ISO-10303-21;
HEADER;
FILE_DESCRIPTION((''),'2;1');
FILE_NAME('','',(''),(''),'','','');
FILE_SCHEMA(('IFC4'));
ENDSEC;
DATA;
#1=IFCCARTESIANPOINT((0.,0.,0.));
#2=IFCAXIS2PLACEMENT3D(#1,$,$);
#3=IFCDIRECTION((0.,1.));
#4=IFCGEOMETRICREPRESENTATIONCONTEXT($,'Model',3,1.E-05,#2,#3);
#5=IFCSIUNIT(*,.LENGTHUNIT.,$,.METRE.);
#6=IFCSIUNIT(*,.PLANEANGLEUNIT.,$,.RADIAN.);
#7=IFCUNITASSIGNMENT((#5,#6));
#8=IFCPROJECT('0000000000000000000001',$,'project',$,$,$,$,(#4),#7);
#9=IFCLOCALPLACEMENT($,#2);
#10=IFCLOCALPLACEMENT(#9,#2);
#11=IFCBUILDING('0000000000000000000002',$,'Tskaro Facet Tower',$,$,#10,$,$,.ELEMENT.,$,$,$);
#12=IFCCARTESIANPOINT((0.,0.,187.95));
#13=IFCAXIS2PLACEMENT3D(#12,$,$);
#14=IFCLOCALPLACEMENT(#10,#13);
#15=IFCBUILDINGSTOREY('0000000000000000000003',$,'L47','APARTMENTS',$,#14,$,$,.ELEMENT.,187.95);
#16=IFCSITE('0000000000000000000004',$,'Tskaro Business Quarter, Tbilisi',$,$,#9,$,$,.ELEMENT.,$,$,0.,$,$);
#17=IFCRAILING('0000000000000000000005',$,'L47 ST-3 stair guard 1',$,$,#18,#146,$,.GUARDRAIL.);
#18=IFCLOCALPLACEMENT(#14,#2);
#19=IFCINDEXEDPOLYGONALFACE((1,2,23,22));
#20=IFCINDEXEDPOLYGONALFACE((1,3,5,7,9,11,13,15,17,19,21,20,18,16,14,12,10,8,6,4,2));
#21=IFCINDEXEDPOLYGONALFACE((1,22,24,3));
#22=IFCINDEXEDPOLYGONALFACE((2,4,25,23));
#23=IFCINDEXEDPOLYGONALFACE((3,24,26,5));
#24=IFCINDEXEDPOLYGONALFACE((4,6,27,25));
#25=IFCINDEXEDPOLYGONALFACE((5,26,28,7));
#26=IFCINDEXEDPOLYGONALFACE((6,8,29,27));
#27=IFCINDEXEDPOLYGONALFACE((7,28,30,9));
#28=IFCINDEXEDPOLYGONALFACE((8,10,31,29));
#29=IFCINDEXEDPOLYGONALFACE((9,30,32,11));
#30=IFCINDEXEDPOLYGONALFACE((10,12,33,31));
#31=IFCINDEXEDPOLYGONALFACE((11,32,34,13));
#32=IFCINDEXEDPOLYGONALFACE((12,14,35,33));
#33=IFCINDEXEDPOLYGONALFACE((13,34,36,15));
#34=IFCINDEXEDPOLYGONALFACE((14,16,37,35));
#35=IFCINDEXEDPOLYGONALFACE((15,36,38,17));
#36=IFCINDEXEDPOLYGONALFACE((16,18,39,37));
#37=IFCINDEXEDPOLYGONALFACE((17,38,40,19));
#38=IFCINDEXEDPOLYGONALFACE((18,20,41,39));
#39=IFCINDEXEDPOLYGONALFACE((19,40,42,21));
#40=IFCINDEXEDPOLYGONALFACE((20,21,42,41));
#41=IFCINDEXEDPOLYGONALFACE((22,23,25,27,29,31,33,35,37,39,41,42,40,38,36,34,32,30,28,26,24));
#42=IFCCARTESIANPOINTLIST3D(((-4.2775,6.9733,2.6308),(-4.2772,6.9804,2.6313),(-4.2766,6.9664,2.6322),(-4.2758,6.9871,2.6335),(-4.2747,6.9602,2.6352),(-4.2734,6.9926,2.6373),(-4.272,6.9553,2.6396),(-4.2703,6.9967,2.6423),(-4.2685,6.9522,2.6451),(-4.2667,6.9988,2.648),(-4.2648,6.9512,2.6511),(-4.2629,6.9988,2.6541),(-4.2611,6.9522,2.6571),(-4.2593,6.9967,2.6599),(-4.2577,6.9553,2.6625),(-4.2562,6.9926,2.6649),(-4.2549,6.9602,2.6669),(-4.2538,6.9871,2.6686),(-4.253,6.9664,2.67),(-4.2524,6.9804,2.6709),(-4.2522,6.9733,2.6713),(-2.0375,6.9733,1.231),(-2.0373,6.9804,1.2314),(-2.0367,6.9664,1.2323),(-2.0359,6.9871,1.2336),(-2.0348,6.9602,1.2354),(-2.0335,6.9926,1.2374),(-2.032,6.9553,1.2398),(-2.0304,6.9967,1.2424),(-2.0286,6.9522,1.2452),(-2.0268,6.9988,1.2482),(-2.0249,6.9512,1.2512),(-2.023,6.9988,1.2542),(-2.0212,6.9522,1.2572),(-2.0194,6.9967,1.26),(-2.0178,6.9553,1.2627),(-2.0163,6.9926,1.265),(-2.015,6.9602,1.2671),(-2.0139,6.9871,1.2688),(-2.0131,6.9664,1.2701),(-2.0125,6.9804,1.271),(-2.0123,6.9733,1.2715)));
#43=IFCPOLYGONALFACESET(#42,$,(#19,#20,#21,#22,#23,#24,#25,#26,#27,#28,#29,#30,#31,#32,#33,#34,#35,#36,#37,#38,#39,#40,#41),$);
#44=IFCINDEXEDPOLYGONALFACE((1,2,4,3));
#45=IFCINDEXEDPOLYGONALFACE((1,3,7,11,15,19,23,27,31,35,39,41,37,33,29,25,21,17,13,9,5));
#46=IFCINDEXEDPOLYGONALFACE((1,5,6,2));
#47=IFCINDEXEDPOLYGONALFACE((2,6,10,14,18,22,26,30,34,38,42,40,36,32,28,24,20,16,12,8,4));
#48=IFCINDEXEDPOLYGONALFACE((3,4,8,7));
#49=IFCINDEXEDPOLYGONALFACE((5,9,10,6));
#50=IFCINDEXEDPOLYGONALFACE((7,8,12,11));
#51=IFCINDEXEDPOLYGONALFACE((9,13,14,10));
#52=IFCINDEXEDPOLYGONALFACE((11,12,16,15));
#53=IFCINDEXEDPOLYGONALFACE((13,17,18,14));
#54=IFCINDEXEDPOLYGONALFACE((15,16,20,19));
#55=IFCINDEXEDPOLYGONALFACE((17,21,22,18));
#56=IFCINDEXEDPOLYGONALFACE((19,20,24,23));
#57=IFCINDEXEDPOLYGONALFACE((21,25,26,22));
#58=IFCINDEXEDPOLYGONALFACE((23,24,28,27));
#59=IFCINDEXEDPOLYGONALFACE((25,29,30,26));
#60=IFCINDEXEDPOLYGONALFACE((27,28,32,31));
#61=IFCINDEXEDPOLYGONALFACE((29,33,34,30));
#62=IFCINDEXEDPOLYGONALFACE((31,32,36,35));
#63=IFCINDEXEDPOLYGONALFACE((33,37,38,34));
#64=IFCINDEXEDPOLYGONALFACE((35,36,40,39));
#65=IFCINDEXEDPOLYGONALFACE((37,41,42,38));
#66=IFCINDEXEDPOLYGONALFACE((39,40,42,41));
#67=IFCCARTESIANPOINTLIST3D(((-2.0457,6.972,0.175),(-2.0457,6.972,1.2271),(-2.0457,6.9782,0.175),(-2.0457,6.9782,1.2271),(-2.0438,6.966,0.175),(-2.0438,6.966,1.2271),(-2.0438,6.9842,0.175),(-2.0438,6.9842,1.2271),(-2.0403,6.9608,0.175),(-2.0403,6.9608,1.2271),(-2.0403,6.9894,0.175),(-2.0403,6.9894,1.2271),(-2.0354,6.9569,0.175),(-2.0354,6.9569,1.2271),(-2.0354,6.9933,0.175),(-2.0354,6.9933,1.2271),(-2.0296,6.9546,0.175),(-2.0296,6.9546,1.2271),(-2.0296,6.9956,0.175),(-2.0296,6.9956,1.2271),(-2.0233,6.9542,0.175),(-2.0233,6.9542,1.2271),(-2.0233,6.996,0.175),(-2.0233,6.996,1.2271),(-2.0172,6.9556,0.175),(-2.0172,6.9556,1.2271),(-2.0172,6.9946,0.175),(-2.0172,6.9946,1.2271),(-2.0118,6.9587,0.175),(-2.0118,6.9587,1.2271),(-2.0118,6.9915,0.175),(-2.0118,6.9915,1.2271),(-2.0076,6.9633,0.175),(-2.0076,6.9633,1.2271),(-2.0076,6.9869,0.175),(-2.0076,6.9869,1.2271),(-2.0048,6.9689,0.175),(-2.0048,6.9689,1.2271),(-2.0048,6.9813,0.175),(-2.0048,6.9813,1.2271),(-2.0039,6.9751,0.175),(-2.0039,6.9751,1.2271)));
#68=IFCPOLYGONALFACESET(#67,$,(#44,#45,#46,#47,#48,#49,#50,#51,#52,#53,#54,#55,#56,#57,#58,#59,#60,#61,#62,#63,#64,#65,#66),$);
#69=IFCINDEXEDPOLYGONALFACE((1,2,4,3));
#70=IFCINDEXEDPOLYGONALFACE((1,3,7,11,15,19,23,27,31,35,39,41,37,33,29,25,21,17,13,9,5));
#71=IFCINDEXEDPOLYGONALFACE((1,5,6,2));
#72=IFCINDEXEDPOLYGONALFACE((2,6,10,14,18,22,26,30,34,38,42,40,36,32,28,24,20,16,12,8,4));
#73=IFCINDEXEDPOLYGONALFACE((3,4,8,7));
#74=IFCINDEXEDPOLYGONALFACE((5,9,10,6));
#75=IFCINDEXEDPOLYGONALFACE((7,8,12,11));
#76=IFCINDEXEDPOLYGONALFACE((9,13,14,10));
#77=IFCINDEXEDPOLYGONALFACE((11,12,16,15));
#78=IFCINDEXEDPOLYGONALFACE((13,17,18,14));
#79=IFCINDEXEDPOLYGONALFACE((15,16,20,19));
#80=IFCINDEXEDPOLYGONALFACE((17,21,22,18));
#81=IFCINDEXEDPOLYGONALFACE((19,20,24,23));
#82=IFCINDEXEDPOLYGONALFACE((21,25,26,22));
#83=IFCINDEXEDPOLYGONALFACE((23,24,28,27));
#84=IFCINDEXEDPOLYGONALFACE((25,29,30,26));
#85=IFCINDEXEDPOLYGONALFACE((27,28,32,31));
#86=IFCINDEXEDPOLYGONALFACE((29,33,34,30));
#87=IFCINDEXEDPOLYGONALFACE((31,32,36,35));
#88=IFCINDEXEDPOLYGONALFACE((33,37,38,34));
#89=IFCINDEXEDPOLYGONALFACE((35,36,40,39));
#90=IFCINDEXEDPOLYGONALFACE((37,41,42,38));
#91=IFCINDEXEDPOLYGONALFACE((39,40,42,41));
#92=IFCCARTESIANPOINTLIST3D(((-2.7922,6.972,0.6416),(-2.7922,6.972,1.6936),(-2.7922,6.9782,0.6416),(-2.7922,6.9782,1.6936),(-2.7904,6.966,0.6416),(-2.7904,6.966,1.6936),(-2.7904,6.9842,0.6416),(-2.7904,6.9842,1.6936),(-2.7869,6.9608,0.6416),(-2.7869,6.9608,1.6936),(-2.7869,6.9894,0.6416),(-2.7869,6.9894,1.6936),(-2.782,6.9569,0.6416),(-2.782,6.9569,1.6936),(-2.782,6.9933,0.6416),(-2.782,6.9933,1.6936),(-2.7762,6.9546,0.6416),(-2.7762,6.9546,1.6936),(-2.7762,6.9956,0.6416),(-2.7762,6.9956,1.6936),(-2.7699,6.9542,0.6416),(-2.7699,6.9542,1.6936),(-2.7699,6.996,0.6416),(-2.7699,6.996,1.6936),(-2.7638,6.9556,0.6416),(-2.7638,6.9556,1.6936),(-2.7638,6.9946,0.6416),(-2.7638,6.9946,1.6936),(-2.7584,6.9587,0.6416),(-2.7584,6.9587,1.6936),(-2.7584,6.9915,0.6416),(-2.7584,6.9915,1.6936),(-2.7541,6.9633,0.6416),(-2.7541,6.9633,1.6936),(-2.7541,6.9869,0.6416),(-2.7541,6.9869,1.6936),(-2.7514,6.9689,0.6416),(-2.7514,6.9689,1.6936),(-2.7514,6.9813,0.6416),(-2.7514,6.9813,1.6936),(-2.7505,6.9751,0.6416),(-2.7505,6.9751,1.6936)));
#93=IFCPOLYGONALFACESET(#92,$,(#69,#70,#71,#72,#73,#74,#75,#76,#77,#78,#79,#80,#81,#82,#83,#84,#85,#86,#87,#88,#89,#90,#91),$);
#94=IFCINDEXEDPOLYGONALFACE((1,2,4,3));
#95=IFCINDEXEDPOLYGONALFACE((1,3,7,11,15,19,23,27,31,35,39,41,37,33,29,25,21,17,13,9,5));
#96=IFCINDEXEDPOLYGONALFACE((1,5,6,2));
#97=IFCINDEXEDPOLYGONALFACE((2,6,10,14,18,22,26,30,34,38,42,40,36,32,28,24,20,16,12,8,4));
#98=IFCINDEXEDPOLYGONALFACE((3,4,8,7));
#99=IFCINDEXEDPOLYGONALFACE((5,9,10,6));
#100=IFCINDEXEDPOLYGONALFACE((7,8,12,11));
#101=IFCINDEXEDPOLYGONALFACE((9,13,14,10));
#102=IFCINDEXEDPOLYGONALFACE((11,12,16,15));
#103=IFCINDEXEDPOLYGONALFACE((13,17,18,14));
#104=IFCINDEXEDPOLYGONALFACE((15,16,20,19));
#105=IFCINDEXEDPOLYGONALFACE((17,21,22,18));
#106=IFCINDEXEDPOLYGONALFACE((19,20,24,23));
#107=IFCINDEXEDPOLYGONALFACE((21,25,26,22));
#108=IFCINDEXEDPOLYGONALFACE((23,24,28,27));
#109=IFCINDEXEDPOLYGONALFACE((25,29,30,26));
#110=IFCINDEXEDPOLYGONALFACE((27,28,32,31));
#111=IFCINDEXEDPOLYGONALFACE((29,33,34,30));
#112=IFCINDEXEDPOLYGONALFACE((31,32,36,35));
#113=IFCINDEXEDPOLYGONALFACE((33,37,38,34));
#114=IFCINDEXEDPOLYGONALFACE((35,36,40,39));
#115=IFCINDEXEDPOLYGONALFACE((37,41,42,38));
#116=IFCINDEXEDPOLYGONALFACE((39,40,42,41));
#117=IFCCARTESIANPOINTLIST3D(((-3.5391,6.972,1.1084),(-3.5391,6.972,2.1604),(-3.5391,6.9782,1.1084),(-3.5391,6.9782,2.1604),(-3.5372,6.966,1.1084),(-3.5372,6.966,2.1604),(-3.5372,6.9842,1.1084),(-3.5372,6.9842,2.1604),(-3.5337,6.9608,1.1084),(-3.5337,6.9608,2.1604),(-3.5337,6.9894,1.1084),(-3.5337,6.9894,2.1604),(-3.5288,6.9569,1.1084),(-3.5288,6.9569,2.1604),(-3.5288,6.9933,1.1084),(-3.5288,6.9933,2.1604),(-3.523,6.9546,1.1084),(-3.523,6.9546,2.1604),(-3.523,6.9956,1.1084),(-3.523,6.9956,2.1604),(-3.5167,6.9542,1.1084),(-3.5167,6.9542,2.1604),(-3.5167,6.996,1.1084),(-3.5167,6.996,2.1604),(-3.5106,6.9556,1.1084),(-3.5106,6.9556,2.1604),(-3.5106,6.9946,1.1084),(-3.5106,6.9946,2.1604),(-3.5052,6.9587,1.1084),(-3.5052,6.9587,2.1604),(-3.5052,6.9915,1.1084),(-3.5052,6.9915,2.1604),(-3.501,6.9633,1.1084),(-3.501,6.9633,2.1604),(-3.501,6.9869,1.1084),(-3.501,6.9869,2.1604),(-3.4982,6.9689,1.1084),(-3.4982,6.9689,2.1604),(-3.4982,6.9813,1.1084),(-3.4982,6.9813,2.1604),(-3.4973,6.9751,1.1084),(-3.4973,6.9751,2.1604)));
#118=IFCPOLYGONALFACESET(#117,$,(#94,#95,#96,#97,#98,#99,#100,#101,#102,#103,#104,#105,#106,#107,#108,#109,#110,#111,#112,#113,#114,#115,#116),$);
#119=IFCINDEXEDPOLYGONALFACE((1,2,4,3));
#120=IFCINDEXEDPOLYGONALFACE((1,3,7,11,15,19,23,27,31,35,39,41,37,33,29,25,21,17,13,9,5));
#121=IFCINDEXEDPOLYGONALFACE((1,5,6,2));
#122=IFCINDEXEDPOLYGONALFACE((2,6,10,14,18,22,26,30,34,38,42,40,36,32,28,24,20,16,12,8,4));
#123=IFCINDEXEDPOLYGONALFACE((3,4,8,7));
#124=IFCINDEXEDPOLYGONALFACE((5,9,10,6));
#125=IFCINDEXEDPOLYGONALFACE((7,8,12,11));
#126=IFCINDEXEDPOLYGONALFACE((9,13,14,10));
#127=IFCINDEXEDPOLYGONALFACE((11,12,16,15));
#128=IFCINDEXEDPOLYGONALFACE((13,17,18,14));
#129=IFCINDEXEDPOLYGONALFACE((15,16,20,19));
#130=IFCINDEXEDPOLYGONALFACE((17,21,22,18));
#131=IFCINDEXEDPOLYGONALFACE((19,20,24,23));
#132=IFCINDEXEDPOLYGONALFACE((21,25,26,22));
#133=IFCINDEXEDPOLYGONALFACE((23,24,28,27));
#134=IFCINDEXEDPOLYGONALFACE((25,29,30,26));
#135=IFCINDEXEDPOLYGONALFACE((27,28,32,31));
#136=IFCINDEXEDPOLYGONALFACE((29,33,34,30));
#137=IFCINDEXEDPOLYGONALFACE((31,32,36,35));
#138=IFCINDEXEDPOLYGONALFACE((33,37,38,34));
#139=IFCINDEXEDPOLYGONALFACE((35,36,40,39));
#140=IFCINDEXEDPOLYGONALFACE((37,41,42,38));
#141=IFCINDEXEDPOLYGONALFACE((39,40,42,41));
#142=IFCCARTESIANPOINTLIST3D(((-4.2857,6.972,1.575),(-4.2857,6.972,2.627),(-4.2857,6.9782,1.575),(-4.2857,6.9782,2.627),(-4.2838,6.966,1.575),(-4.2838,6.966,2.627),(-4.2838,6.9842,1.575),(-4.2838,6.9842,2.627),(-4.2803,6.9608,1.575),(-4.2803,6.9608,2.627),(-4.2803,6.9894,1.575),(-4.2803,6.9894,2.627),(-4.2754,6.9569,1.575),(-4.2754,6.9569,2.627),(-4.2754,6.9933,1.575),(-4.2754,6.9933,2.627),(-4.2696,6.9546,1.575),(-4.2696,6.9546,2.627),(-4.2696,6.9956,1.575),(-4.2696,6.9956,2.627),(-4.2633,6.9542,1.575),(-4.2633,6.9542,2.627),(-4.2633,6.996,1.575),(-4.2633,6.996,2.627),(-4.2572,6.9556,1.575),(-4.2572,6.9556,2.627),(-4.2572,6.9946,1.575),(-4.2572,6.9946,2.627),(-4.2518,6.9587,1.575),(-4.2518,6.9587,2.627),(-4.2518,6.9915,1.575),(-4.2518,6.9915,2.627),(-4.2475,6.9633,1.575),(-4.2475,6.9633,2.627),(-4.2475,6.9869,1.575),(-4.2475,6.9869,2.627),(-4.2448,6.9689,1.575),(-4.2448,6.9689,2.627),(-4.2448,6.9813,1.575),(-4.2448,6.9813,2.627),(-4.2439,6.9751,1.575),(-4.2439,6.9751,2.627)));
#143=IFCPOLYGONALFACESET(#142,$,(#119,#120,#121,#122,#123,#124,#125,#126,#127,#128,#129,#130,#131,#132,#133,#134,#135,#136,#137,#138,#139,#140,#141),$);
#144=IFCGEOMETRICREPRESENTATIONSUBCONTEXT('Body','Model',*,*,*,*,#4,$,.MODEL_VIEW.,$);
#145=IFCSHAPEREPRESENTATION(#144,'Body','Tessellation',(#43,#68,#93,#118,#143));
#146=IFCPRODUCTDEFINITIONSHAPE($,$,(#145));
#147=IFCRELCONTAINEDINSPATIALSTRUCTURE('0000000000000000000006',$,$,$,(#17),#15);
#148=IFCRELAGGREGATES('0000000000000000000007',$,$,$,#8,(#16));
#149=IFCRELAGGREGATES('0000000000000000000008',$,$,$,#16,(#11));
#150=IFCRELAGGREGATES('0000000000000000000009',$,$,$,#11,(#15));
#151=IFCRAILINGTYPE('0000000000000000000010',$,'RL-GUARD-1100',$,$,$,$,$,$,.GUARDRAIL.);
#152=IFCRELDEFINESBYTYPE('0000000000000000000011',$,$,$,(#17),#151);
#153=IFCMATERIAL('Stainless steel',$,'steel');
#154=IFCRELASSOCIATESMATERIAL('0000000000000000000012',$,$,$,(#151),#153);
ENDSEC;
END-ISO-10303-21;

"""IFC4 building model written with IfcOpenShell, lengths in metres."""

from ifc_helpers import new_model, si_unit, direction, frame, origin, origin_2d, place, context, subcontext, project, spatial, circle, extrude, material, type_object, element, save


model = new_model("IFC4")

# Units and contexts
model_context = context("Model", 3, precision=1e-05, world=origin(), true_north=direction((0.0, 1.0)))
body_context = subcontext(model_context, "Body", "Model", "MODEL_VIEW")
ifc_project = project(units=[si_unit("LENGTHUNIT", "METRE"), si_unit("PLANEANGLEUNIT", "RADIAN")], contexts=[model_context])

# Site, building, storey
site_placement = place(None, origin())
site = spatial("IfcSite", under=ifc_project, at=site_placement, Name="Tskaro Business Quarter, Tbilisi", CompositionType="ELEMENT", RefElevation=0.0)
building_placement = place(site_placement, origin())
building = spatial("IfcBuilding", under=site, at=building_placement, Name="Tskaro Facet Tower", CompositionType="ELEMENT")
storey_placement = place(building_placement, frame((0.0, 0.0, 187.95)))
storey = spatial("IfcBuildingStorey", under=building, at=storey_placement, Name="L47", Description="APARTMENTS", CompositionType="ELEMENT", Elevation=187.95)

# Railing
ifc_material_1 = material(Name="Stainless steel", Category="steel")
railing_type_1 = type_object("IfcRailingType", Name="RL-GUARD-1100", PredefinedType="GUARDRAIL", material=ifc_material_1)
railing_1_placement = place(storey_placement, frame((-2.0249, 6.9751, 0.175)))
element("IfcRailing", 1, at=railing_1_placement, inside=storey, type_object=railing_type_1, Name="L47 ST-3 stair guard 1", PredefinedType="GUARDRAIL", context=body_context, shape_type="SweptSolid", body=[
    extrude(circle(Radius=0.0239, at=origin_2d()), frame((0.0, 0.0, 1.0762), z_axis=(-0.848014, 0.0, 0.529974), x_axis=(0.0, -1.0, 0.0)), (0.0, 0.0, 1.0), 2.6414),
    extrude(circle(Radius=0.021, at=origin_2d()), origin(), (0.0, 0.0, 1.0), 1.052),
    extrude(circle(Radius=0.021, at=origin_2d()), frame((-0.7466, 0.0, 0.4666)), (0.0, 0.0, 1.0), 1.052),
    extrude(circle(Radius=0.021, at=origin_2d()), frame((-1.4934, 0.0, 0.9333)), (0.0, 0.0, 1.0), 1.052),
    extrude(circle(Radius=0.021, at=origin_2d()), frame((-2.24, 0.0, 1.3999)), (0.0, 0.0, 1.0), 1.052),
])

save(model, "model.ifc")
